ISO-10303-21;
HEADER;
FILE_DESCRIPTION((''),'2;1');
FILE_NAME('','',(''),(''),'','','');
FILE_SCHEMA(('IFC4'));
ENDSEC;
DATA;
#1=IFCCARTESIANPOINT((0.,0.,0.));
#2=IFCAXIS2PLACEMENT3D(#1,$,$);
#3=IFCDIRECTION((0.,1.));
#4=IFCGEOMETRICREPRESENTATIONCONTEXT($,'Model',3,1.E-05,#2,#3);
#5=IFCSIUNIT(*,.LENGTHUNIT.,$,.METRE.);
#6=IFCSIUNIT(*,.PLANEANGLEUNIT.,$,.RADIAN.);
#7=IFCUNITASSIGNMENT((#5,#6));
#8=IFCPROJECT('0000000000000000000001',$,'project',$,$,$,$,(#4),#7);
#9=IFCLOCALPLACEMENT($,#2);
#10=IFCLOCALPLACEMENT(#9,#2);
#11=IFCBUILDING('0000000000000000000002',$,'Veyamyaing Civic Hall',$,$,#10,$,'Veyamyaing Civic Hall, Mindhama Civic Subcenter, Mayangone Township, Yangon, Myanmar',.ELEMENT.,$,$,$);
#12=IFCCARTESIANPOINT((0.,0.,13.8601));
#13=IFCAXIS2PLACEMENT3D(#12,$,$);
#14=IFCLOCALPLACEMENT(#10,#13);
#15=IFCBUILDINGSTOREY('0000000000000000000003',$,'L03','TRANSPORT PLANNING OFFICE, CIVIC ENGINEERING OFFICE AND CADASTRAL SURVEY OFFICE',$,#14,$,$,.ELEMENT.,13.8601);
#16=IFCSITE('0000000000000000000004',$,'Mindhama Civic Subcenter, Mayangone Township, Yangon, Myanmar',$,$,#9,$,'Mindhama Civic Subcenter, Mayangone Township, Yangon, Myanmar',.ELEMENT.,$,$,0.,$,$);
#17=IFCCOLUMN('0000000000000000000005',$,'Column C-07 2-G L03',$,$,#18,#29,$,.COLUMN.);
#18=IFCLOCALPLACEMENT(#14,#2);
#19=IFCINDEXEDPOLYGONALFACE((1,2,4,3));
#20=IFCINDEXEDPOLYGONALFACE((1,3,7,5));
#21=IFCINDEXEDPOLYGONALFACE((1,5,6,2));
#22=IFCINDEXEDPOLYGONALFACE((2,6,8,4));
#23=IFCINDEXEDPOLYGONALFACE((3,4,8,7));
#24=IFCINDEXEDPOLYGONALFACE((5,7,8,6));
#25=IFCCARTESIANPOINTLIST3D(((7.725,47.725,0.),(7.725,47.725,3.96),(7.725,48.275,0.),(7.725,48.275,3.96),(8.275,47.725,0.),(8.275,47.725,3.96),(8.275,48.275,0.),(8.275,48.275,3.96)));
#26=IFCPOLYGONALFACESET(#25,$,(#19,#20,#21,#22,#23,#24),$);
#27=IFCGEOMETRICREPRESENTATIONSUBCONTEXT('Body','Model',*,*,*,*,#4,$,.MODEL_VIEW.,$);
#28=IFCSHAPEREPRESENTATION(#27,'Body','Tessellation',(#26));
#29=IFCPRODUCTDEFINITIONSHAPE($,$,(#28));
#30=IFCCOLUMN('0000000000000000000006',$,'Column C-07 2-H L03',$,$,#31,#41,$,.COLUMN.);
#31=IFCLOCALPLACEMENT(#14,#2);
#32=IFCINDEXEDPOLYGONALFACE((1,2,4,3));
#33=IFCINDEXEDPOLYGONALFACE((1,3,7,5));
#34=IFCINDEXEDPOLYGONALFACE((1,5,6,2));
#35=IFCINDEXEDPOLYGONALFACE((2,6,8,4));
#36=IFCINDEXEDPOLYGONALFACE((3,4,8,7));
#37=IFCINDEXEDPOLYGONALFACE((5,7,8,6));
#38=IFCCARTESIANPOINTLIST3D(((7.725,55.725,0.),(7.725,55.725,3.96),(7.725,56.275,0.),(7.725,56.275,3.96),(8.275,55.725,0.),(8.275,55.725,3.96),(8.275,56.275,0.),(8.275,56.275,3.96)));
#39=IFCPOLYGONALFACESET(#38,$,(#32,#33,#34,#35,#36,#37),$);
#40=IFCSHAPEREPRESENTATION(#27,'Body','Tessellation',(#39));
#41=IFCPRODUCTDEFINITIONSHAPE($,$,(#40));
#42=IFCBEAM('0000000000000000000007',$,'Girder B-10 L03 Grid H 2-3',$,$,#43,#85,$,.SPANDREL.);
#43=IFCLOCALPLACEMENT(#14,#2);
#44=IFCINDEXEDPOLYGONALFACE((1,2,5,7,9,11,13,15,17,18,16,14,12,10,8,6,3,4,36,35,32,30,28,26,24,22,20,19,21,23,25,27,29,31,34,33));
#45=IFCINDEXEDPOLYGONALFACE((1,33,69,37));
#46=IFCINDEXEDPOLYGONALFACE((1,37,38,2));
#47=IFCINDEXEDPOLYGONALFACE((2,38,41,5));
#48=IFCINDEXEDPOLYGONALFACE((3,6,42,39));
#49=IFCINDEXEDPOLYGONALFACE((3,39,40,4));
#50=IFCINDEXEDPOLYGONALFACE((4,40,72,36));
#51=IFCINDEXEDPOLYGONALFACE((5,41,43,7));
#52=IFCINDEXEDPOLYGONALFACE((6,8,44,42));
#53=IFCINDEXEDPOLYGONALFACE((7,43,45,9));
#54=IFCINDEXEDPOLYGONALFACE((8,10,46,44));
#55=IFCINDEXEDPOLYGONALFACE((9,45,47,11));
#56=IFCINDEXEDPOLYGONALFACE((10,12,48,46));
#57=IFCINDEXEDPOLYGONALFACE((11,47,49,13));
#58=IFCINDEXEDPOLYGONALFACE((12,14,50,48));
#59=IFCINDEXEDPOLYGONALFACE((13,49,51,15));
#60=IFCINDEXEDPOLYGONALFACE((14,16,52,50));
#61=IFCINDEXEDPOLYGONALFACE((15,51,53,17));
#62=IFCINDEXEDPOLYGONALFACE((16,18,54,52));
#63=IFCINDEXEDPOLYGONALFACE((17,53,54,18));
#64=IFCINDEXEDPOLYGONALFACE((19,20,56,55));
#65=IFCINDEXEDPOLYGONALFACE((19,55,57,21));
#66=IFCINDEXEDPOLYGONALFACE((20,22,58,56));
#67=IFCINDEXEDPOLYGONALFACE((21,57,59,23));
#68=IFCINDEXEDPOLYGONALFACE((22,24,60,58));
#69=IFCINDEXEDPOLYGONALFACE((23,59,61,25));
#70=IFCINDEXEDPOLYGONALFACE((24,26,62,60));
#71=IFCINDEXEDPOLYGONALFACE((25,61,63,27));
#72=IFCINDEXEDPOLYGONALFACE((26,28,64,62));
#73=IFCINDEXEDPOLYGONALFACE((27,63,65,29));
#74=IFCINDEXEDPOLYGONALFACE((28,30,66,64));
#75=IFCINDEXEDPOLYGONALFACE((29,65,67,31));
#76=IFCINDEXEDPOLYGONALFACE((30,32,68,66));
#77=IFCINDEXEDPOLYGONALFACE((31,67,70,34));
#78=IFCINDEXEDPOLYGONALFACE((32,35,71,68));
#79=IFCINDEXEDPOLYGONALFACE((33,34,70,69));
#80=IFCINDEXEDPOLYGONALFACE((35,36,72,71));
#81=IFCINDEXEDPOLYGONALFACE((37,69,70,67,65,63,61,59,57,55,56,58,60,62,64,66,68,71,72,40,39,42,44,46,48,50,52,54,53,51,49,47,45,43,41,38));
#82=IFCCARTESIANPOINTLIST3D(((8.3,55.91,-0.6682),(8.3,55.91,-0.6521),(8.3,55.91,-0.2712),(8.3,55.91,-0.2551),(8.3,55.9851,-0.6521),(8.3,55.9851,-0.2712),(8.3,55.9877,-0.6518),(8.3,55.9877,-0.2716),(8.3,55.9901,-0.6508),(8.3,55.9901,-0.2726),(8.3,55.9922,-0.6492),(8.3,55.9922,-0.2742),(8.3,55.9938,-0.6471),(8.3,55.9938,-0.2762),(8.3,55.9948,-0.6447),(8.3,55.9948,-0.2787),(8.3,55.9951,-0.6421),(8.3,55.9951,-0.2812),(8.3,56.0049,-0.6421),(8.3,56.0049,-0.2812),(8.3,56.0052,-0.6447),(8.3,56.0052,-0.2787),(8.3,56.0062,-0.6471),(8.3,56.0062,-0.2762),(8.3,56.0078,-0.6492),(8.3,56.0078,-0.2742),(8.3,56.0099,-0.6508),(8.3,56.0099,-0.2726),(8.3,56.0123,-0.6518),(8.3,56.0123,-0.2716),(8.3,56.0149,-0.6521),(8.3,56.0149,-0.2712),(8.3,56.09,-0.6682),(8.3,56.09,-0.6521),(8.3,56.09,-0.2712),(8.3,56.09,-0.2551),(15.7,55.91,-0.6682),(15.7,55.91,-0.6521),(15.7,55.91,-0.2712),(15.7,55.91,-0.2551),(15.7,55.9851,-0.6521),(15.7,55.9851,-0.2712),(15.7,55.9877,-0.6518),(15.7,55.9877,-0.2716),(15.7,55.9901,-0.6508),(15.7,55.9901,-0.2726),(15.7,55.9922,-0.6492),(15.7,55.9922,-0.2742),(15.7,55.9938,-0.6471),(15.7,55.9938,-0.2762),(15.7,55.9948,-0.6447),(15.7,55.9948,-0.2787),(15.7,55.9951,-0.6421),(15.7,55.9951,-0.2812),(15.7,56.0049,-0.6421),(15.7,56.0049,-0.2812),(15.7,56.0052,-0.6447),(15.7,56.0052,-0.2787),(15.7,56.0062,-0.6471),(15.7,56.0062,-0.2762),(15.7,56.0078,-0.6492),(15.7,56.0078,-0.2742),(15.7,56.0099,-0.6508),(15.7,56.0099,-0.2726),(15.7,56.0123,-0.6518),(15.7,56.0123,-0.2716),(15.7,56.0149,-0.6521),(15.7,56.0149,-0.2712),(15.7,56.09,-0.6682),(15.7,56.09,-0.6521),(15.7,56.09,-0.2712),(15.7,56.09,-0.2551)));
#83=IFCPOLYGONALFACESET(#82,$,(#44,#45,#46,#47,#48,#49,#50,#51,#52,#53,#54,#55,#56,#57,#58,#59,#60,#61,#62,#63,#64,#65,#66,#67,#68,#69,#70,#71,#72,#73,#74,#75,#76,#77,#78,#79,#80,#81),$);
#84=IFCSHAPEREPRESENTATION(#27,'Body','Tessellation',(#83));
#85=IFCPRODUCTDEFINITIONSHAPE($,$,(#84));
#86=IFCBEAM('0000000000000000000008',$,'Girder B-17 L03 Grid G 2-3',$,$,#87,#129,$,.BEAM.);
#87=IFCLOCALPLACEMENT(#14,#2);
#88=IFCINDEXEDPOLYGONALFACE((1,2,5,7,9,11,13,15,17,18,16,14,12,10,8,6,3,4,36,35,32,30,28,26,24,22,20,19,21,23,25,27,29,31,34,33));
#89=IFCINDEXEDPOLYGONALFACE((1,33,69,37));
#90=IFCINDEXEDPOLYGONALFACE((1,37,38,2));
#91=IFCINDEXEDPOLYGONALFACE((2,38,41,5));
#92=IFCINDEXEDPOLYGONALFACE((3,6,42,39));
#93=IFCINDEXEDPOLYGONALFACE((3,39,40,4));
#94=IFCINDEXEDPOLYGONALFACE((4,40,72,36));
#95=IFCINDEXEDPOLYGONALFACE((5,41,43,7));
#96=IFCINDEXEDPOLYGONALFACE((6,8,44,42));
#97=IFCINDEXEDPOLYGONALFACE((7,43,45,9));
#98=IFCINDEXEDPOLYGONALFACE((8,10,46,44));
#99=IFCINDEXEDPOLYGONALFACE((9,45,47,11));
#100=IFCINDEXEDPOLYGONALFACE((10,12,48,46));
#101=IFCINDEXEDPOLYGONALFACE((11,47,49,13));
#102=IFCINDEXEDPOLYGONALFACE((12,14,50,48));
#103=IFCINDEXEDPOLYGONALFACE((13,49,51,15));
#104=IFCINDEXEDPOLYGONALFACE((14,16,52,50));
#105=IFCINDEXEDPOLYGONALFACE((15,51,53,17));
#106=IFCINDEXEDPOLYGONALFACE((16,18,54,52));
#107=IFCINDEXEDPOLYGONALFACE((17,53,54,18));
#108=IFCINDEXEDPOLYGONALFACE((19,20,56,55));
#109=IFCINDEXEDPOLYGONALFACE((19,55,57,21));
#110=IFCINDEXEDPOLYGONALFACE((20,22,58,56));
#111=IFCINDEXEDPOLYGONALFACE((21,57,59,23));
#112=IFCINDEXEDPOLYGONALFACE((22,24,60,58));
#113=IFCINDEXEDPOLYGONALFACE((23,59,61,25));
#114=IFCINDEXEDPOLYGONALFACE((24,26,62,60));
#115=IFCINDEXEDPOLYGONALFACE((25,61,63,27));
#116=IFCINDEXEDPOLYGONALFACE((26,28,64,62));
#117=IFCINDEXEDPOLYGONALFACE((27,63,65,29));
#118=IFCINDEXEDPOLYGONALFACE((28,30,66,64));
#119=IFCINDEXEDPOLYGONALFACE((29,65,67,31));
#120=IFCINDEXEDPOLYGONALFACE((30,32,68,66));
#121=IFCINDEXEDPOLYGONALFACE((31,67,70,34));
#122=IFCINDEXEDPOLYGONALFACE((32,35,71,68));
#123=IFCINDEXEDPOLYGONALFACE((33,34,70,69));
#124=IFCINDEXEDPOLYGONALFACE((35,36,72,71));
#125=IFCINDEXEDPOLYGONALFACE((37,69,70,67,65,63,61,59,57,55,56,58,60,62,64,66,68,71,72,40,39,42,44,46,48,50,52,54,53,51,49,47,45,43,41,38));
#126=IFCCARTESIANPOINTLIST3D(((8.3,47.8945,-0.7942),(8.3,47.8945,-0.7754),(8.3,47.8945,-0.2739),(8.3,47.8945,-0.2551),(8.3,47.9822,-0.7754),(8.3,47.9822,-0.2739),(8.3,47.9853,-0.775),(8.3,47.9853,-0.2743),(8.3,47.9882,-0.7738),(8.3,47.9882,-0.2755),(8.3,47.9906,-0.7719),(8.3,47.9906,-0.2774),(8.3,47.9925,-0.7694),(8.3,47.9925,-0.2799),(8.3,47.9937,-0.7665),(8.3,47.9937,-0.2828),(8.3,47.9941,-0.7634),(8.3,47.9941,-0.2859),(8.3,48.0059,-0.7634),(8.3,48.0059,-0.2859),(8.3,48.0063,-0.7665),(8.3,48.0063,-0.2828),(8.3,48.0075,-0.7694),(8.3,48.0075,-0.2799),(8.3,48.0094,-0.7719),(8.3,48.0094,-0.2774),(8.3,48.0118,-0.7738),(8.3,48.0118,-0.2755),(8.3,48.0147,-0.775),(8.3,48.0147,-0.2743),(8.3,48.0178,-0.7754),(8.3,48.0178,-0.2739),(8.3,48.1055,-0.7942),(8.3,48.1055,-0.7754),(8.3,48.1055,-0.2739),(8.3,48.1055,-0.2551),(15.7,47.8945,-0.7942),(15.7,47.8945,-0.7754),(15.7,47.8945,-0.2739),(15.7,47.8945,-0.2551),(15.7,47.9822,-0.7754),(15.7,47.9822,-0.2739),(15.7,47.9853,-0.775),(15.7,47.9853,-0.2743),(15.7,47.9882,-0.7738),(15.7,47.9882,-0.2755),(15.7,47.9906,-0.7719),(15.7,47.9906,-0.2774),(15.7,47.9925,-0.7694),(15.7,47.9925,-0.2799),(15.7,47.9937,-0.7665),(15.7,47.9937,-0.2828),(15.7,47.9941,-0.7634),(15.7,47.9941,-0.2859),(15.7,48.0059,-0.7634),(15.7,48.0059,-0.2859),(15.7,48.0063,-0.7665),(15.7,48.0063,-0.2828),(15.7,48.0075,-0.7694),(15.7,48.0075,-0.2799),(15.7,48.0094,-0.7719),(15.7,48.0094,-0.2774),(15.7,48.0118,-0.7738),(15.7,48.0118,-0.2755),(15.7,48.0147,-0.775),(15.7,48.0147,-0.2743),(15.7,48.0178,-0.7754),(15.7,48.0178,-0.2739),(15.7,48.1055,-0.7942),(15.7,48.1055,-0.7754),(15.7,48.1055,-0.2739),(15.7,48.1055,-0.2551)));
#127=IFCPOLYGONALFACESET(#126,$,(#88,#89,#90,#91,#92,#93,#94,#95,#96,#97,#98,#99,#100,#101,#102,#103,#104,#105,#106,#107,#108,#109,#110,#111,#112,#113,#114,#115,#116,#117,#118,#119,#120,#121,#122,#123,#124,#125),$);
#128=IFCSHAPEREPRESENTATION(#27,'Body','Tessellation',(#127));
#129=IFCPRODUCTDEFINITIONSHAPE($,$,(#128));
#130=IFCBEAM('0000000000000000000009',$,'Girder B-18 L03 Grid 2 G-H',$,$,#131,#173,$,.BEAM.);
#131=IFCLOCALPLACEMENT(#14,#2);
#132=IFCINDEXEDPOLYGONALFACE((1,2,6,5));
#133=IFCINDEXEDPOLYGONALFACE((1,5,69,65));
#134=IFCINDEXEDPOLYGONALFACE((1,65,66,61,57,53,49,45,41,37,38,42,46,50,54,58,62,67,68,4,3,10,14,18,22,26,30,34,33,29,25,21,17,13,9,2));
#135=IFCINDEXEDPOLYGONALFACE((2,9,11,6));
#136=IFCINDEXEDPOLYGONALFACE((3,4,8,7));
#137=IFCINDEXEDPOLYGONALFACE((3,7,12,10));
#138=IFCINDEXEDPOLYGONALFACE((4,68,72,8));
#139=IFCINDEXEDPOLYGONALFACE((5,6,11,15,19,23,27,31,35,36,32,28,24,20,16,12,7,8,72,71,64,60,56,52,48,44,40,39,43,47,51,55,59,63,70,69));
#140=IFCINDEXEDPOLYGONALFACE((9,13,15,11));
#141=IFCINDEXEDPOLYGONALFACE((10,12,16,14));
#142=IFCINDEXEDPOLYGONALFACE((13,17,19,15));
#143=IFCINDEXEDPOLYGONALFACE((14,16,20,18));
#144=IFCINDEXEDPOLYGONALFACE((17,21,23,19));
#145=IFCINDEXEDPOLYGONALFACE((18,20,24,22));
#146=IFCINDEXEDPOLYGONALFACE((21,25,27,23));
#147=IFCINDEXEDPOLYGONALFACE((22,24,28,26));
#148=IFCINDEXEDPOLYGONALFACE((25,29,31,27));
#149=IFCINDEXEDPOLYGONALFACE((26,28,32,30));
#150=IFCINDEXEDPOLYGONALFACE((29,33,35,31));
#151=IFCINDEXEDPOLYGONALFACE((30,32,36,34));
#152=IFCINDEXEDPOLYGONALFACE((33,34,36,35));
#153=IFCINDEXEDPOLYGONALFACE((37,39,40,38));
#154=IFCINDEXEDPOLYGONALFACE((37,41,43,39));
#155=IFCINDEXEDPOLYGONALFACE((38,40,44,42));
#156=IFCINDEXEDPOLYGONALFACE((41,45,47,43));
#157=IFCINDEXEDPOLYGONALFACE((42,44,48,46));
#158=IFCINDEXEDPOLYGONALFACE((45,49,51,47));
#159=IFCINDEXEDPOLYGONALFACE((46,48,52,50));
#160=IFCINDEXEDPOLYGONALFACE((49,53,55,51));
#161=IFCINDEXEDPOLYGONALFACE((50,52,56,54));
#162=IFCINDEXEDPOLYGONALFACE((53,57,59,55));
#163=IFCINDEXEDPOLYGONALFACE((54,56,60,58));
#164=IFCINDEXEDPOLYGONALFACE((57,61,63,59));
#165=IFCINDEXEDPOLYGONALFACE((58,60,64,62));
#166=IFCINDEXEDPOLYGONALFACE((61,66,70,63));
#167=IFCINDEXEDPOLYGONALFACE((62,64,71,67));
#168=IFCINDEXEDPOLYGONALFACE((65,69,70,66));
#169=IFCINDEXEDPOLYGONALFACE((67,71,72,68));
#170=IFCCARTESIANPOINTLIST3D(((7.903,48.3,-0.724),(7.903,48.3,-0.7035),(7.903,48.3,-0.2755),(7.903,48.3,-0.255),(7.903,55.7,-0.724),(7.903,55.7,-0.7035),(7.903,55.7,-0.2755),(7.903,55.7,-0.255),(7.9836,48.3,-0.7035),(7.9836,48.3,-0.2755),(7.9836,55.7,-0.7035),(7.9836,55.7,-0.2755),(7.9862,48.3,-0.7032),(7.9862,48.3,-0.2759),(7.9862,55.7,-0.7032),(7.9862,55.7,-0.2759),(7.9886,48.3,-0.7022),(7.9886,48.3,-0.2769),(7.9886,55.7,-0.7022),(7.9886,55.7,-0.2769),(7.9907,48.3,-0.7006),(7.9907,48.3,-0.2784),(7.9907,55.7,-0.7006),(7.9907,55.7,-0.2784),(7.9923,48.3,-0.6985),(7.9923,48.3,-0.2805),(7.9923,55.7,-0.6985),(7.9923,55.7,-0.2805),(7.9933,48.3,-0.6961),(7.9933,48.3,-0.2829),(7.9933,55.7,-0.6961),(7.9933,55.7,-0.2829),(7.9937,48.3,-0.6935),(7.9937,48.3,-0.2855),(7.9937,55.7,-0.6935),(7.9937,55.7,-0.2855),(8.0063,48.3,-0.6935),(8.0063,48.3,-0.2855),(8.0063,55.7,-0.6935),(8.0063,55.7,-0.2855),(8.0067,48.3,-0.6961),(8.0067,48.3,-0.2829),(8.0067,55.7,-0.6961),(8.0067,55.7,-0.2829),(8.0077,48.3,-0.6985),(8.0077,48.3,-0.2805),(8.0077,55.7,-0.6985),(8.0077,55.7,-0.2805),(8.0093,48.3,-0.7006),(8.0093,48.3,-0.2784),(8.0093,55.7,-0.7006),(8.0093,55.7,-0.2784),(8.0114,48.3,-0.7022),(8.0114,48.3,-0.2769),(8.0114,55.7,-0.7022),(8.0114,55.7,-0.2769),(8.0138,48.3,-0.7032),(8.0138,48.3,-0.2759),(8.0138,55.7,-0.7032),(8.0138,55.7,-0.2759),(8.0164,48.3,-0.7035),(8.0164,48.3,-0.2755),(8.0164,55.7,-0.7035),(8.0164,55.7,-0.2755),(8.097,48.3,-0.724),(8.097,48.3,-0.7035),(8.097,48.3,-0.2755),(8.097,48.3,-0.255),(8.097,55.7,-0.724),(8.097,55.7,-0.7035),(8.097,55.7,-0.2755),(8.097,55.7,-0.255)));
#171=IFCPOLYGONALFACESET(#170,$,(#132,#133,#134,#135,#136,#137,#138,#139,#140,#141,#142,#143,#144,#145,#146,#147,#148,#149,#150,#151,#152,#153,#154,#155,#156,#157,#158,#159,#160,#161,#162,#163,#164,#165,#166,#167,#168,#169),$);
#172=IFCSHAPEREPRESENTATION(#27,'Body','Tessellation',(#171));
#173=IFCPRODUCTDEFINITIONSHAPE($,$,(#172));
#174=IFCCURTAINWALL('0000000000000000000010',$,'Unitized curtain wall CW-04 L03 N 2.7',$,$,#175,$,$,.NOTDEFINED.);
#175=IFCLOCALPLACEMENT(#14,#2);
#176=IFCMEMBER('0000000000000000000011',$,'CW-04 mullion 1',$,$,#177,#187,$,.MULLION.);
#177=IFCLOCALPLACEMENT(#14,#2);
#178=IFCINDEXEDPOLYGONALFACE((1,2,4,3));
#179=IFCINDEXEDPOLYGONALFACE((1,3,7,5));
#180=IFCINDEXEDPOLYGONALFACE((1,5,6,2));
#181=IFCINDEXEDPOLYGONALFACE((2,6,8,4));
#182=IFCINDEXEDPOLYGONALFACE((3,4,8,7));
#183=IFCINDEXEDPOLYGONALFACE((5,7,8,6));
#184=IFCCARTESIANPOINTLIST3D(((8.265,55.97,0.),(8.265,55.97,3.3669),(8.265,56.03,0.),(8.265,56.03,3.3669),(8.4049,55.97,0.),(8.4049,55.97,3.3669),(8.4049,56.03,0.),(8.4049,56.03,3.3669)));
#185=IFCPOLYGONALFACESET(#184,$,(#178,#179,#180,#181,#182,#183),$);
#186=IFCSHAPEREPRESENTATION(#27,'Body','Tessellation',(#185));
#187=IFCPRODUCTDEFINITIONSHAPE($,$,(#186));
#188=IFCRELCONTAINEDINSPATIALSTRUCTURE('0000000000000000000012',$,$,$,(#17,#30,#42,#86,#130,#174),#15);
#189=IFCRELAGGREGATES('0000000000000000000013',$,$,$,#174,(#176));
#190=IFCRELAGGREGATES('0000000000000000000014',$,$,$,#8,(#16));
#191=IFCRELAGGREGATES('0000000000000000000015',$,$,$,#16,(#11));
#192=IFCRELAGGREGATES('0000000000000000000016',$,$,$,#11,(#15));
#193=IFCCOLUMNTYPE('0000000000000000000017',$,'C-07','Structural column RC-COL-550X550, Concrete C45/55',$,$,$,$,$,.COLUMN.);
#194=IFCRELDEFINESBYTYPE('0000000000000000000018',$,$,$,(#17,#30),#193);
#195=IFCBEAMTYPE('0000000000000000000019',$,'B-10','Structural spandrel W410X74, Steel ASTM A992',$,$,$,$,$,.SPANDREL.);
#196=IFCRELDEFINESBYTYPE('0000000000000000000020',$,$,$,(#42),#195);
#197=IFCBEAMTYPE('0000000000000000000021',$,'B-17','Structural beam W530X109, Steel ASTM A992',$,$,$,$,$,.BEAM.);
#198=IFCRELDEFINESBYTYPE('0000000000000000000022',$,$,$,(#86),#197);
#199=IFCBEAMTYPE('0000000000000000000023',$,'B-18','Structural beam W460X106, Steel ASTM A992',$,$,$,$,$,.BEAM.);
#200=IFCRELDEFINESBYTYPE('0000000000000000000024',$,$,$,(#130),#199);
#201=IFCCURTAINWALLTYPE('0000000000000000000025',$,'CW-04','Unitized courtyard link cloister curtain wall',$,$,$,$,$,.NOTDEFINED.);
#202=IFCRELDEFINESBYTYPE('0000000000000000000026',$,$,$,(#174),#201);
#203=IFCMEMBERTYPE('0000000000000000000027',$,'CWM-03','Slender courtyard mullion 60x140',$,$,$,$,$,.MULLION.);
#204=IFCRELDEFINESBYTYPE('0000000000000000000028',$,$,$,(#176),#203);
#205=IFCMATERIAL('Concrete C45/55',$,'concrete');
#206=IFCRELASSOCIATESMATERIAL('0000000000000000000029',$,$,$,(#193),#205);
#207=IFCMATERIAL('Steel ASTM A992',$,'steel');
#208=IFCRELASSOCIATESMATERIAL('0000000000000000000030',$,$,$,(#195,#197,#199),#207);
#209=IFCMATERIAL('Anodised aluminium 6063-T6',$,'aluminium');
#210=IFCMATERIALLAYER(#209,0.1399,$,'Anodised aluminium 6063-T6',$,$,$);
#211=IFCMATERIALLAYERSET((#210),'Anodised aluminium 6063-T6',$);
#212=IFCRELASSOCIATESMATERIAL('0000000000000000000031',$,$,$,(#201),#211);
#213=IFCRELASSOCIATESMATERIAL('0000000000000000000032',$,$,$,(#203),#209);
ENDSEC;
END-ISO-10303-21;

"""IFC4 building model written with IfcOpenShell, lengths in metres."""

from ifc_helpers import new_model, si_unit, direction, frame, origin, origin_2d, place, context, subcontext, project, spatial, rectangle, i_section, extrude, material, layer, layer_set, material_profile, profile_set, type_object, element, aggregate, save


model = new_model("IFC4")

# Units and contexts
model_context = context("Model", 3, precision=1e-05, world=origin(), true_north=direction((0.0, 1.0)))
body_context = subcontext(model_context, "Body", "Model", "MODEL_VIEW")
ifc_project = project(units=[si_unit("LENGTHUNIT", "METRE"), si_unit("PLANEANGLEUNIT", "RADIAN")], contexts=[model_context])

# Site, building, storey
site_placement = place(None, origin())
site = spatial("IfcSite", under=ifc_project, at=site_placement, Name="Mindhama Civic Subcenter, Mayangone Township, Yangon, Myanmar", LongName="Mindhama Civic Subcenter, Mayangone Township, Yangon, Myanmar", CompositionType="ELEMENT", RefElevation=0.0)
building_placement = place(site_placement, origin())
building = spatial("IfcBuilding", under=site, at=building_placement, Name="Veyamyaing Civic Hall", LongName="Veyamyaing Civic Hall, Mindhama Civic Subcenter, Mayangone Township, Yangon, Myanmar", CompositionType="ELEMENT")
storey_placement = place(building_placement, frame((0.0, 0.0, 13.8601)))
storey = spatial("IfcBuildingStorey", under=building, at=storey_placement, Name="L03", Description="TRANSPORT PLANNING OFFICE, CIVIC ENGINEERING OFFICE AND CADASTRAL SURVEY OFFICE", CompositionType="ELEMENT", Elevation=13.8601)

# Columns
ifc_material_1 = material(Name="Concrete C45/55", Category="concrete")
ifc_material_profile_1 = material_profile(ifc_material_1, rectangle(XDim=0.55, YDim=0.55, at=origin_2d()), Name="RC-COL-550X550")
ifc_profile_set_1 = profile_set([ifc_material_profile_1], Name="Concrete C45/55")
column_type = type_object("IfcColumnType", Name="C-07", Description="Structural column RC-COL-550X550, Concrete C45/55", PredefinedType="COLUMN", material=ifc_profile_set_1)
for number, where, z_axis, x_axis, name in (
    (1, (8.0, 48.0, 0.0), (0.0, 0.0, 1.0), (1.0, 0.0, 0.0), "Column C-07 2-G L03"),
    (2, (8.0, 56.0, 0.0), (0.0, 0.0, 1.0), (1.0, 0.0, 0.0), "Column C-07 2-H L03"),
):
    element("IfcColumn", number, at=place(storey_placement, frame(where, z_axis=z_axis, x_axis=x_axis)), inside=storey, type_object=column_type, Name=name, PredefinedType="COLUMN", context=body_context, shape_type="SweptSolid", body=[
        extrude(rectangle(XDim=0.55, YDim=0.55, at=origin_2d()), origin(), (0.0, 0.0, 1.0), 3.96),
    ])

# Beams
ifc_material_2 = material(Name="Steel ASTM A992", Category="steel")
ifc_material_profile_2 = material_profile(ifc_material_2, i_section(OverallWidth=0.1799, OverallDepth=0.4131, WebThickness=0.0098, FlangeThickness=0.0161, FilletRadius=0.01, at=origin_2d()), Name="W410X74")
ifc_profile_set_2 = profile_set([ifc_material_profile_2], Name="Steel ASTM A992")
beam_type_1 = type_object("IfcBeamType", Name="B-10", Description="Structural spandrel W410X74, Steel ASTM A992", PredefinedType="SPANDREL", material=ifc_profile_set_2)
beam_1_placement = place(storey_placement, frame((8.3, 56.0, -0.4617), z_axis=(1.0, 0.0, 0.0), x_axis=(0.0, 1.0, 0.0)))
element("IfcBeam", 3, at=beam_1_placement, inside=storey, type_object=beam_type_1, Name="Girder B-10 L03 Grid H 2-3", PredefinedType="SPANDREL", context=body_context, shape_type="SweptSolid", body=[
    extrude(i_section(OverallWidth=0.1799, OverallDepth=0.4131, WebThickness=0.0098, FlangeThickness=0.0161, FilletRadius=0.01, at=origin_2d()), origin(), (0.0, 0.0, 1.0), 7.3999),
])
ifc_material_profile_3 = material_profile(ifc_material_2, i_section(OverallWidth=0.2109, OverallDepth=0.5391, WebThickness=0.0117, FlangeThickness=0.0188, FilletRadius=0.012, at=origin_2d()), Name="W530X109")
ifc_profile_set_3 = profile_set([ifc_material_profile_3], Name="Steel ASTM A992")
beam_type_2 = type_object("IfcBeamType", Name="B-17", Description="Structural beam W530X109, Steel ASTM A992", PredefinedType="BEAM", material=ifc_profile_set_3)
beam_2_placement = place(storey_placement, frame((8.3, 48.0, -0.5247), z_axis=(1.0, 0.0, 0.0), x_axis=(0.0, 1.0, 0.0)))
element("IfcBeam", 4, at=beam_2_placement, inside=storey, type_object=beam_type_2, Name="Girder B-17 L03 Grid G 2-3", PredefinedType="BEAM", context=body_context, shape_type="SweptSolid", body=[
    extrude(i_section(OverallWidth=0.2109, OverallDepth=0.5391, WebThickness=0.0117, FlangeThickness=0.0188, FilletRadius=0.012, at=origin_2d()), origin(), (0.0, 0.0, 1.0), 7.3999),
])
ifc_material_profile_4 = material_profile(ifc_material_2, i_section(OverallWidth=0.1941, OverallDepth=0.469, WebThickness=0.0127, FlangeThickness=0.0205, FilletRadius=0.01, at=origin_2d()), Name="W460X106")
ifc_profile_set_4 = profile_set([ifc_material_profile_4], Name="Steel ASTM A992")
beam_type_3 = type_object("IfcBeamType", Name="B-18", Description="Structural beam W460X106, Steel ASTM A992", PredefinedType="BEAM", material=ifc_profile_set_4)
beam_3_placement = place(storey_placement, frame((8.0, 48.3, -0.4895), z_axis=(0.0, 1.0, 0.0), x_axis=(-1.0, 0.0, 0.0)))
element("IfcBeam", 5, at=beam_3_placement, inside=storey, type_object=beam_type_3, Name="Girder B-18 L03 Grid 2 G-H", PredefinedType="BEAM", context=body_context, shape_type="SweptSolid", body=[
    extrude(i_section(OverallWidth=0.1941, OverallDepth=0.469, WebThickness=0.0127, FlangeThickness=0.0205, FilletRadius=0.01, at=origin_2d()), origin(), (0.0, 0.0, 1.0), 7.3999),
])

# Curtain wall, member
ifc_material_3 = material(Name="Anodised aluminium 6063-T6", Category="aluminium")
ifc_layer_1 = layer(ifc_material_3, 0.1399, Name="Anodised aluminium 6063-T6")
ifc_layer_set_1 = layer_set([ifc_layer_1], Name="Anodised aluminium 6063-T6")
curtain_wall_type = type_object("IfcCurtainWallType", Name="CW-04", Description="Unitized courtyard link cloister curtain wall", PredefinedType="NOTDEFINED", material=ifc_layer_set_1)
curtain_wall_placement = place(storey_placement, origin())
curtain_wall = element("IfcCurtainWall", 6, at=curtain_wall_placement, inside=storey, type_object=curtain_wall_type, Name="Unitized curtain wall CW-04 L03 N 2.7", PredefinedType="NOTDEFINED")
ifc_material_profile_5 = material_profile(ifc_material_3, rectangle(XDim=0.0601, YDim=0.1399, at=origin_2d()), Name="ALU-MUL-60X140")
ifc_profile_set_5 = profile_set([ifc_material_profile_5], Name="Anodised aluminium 6063-T6")
member_type_1 = type_object("IfcMemberType", Name="CWM-03", Description="Slender courtyard mullion 60x140", PredefinedType="MULLION", material=ifc_profile_set_5)
member_1_placement = place(storey_placement, frame((8.335, 56.0, 0.0), z_axis=(0.0, 0.0, 1.0), x_axis=(0.0, 1.0, 0.0)))
member_1 = element("IfcMember", 7, at=member_1_placement, type_object=member_type_1, Name="CW-04 mullion 1", PredefinedType="MULLION", context=body_context, shape_type="SweptSolid", body=[
    extrude(rectangle(XDim=0.0601, YDim=0.1399, at=origin_2d()), origin(), (0.0, 0.0, 1.0), 3.3669),
])

aggregate(curtain_wall, [member_1])

save(model, "model.ifc")
